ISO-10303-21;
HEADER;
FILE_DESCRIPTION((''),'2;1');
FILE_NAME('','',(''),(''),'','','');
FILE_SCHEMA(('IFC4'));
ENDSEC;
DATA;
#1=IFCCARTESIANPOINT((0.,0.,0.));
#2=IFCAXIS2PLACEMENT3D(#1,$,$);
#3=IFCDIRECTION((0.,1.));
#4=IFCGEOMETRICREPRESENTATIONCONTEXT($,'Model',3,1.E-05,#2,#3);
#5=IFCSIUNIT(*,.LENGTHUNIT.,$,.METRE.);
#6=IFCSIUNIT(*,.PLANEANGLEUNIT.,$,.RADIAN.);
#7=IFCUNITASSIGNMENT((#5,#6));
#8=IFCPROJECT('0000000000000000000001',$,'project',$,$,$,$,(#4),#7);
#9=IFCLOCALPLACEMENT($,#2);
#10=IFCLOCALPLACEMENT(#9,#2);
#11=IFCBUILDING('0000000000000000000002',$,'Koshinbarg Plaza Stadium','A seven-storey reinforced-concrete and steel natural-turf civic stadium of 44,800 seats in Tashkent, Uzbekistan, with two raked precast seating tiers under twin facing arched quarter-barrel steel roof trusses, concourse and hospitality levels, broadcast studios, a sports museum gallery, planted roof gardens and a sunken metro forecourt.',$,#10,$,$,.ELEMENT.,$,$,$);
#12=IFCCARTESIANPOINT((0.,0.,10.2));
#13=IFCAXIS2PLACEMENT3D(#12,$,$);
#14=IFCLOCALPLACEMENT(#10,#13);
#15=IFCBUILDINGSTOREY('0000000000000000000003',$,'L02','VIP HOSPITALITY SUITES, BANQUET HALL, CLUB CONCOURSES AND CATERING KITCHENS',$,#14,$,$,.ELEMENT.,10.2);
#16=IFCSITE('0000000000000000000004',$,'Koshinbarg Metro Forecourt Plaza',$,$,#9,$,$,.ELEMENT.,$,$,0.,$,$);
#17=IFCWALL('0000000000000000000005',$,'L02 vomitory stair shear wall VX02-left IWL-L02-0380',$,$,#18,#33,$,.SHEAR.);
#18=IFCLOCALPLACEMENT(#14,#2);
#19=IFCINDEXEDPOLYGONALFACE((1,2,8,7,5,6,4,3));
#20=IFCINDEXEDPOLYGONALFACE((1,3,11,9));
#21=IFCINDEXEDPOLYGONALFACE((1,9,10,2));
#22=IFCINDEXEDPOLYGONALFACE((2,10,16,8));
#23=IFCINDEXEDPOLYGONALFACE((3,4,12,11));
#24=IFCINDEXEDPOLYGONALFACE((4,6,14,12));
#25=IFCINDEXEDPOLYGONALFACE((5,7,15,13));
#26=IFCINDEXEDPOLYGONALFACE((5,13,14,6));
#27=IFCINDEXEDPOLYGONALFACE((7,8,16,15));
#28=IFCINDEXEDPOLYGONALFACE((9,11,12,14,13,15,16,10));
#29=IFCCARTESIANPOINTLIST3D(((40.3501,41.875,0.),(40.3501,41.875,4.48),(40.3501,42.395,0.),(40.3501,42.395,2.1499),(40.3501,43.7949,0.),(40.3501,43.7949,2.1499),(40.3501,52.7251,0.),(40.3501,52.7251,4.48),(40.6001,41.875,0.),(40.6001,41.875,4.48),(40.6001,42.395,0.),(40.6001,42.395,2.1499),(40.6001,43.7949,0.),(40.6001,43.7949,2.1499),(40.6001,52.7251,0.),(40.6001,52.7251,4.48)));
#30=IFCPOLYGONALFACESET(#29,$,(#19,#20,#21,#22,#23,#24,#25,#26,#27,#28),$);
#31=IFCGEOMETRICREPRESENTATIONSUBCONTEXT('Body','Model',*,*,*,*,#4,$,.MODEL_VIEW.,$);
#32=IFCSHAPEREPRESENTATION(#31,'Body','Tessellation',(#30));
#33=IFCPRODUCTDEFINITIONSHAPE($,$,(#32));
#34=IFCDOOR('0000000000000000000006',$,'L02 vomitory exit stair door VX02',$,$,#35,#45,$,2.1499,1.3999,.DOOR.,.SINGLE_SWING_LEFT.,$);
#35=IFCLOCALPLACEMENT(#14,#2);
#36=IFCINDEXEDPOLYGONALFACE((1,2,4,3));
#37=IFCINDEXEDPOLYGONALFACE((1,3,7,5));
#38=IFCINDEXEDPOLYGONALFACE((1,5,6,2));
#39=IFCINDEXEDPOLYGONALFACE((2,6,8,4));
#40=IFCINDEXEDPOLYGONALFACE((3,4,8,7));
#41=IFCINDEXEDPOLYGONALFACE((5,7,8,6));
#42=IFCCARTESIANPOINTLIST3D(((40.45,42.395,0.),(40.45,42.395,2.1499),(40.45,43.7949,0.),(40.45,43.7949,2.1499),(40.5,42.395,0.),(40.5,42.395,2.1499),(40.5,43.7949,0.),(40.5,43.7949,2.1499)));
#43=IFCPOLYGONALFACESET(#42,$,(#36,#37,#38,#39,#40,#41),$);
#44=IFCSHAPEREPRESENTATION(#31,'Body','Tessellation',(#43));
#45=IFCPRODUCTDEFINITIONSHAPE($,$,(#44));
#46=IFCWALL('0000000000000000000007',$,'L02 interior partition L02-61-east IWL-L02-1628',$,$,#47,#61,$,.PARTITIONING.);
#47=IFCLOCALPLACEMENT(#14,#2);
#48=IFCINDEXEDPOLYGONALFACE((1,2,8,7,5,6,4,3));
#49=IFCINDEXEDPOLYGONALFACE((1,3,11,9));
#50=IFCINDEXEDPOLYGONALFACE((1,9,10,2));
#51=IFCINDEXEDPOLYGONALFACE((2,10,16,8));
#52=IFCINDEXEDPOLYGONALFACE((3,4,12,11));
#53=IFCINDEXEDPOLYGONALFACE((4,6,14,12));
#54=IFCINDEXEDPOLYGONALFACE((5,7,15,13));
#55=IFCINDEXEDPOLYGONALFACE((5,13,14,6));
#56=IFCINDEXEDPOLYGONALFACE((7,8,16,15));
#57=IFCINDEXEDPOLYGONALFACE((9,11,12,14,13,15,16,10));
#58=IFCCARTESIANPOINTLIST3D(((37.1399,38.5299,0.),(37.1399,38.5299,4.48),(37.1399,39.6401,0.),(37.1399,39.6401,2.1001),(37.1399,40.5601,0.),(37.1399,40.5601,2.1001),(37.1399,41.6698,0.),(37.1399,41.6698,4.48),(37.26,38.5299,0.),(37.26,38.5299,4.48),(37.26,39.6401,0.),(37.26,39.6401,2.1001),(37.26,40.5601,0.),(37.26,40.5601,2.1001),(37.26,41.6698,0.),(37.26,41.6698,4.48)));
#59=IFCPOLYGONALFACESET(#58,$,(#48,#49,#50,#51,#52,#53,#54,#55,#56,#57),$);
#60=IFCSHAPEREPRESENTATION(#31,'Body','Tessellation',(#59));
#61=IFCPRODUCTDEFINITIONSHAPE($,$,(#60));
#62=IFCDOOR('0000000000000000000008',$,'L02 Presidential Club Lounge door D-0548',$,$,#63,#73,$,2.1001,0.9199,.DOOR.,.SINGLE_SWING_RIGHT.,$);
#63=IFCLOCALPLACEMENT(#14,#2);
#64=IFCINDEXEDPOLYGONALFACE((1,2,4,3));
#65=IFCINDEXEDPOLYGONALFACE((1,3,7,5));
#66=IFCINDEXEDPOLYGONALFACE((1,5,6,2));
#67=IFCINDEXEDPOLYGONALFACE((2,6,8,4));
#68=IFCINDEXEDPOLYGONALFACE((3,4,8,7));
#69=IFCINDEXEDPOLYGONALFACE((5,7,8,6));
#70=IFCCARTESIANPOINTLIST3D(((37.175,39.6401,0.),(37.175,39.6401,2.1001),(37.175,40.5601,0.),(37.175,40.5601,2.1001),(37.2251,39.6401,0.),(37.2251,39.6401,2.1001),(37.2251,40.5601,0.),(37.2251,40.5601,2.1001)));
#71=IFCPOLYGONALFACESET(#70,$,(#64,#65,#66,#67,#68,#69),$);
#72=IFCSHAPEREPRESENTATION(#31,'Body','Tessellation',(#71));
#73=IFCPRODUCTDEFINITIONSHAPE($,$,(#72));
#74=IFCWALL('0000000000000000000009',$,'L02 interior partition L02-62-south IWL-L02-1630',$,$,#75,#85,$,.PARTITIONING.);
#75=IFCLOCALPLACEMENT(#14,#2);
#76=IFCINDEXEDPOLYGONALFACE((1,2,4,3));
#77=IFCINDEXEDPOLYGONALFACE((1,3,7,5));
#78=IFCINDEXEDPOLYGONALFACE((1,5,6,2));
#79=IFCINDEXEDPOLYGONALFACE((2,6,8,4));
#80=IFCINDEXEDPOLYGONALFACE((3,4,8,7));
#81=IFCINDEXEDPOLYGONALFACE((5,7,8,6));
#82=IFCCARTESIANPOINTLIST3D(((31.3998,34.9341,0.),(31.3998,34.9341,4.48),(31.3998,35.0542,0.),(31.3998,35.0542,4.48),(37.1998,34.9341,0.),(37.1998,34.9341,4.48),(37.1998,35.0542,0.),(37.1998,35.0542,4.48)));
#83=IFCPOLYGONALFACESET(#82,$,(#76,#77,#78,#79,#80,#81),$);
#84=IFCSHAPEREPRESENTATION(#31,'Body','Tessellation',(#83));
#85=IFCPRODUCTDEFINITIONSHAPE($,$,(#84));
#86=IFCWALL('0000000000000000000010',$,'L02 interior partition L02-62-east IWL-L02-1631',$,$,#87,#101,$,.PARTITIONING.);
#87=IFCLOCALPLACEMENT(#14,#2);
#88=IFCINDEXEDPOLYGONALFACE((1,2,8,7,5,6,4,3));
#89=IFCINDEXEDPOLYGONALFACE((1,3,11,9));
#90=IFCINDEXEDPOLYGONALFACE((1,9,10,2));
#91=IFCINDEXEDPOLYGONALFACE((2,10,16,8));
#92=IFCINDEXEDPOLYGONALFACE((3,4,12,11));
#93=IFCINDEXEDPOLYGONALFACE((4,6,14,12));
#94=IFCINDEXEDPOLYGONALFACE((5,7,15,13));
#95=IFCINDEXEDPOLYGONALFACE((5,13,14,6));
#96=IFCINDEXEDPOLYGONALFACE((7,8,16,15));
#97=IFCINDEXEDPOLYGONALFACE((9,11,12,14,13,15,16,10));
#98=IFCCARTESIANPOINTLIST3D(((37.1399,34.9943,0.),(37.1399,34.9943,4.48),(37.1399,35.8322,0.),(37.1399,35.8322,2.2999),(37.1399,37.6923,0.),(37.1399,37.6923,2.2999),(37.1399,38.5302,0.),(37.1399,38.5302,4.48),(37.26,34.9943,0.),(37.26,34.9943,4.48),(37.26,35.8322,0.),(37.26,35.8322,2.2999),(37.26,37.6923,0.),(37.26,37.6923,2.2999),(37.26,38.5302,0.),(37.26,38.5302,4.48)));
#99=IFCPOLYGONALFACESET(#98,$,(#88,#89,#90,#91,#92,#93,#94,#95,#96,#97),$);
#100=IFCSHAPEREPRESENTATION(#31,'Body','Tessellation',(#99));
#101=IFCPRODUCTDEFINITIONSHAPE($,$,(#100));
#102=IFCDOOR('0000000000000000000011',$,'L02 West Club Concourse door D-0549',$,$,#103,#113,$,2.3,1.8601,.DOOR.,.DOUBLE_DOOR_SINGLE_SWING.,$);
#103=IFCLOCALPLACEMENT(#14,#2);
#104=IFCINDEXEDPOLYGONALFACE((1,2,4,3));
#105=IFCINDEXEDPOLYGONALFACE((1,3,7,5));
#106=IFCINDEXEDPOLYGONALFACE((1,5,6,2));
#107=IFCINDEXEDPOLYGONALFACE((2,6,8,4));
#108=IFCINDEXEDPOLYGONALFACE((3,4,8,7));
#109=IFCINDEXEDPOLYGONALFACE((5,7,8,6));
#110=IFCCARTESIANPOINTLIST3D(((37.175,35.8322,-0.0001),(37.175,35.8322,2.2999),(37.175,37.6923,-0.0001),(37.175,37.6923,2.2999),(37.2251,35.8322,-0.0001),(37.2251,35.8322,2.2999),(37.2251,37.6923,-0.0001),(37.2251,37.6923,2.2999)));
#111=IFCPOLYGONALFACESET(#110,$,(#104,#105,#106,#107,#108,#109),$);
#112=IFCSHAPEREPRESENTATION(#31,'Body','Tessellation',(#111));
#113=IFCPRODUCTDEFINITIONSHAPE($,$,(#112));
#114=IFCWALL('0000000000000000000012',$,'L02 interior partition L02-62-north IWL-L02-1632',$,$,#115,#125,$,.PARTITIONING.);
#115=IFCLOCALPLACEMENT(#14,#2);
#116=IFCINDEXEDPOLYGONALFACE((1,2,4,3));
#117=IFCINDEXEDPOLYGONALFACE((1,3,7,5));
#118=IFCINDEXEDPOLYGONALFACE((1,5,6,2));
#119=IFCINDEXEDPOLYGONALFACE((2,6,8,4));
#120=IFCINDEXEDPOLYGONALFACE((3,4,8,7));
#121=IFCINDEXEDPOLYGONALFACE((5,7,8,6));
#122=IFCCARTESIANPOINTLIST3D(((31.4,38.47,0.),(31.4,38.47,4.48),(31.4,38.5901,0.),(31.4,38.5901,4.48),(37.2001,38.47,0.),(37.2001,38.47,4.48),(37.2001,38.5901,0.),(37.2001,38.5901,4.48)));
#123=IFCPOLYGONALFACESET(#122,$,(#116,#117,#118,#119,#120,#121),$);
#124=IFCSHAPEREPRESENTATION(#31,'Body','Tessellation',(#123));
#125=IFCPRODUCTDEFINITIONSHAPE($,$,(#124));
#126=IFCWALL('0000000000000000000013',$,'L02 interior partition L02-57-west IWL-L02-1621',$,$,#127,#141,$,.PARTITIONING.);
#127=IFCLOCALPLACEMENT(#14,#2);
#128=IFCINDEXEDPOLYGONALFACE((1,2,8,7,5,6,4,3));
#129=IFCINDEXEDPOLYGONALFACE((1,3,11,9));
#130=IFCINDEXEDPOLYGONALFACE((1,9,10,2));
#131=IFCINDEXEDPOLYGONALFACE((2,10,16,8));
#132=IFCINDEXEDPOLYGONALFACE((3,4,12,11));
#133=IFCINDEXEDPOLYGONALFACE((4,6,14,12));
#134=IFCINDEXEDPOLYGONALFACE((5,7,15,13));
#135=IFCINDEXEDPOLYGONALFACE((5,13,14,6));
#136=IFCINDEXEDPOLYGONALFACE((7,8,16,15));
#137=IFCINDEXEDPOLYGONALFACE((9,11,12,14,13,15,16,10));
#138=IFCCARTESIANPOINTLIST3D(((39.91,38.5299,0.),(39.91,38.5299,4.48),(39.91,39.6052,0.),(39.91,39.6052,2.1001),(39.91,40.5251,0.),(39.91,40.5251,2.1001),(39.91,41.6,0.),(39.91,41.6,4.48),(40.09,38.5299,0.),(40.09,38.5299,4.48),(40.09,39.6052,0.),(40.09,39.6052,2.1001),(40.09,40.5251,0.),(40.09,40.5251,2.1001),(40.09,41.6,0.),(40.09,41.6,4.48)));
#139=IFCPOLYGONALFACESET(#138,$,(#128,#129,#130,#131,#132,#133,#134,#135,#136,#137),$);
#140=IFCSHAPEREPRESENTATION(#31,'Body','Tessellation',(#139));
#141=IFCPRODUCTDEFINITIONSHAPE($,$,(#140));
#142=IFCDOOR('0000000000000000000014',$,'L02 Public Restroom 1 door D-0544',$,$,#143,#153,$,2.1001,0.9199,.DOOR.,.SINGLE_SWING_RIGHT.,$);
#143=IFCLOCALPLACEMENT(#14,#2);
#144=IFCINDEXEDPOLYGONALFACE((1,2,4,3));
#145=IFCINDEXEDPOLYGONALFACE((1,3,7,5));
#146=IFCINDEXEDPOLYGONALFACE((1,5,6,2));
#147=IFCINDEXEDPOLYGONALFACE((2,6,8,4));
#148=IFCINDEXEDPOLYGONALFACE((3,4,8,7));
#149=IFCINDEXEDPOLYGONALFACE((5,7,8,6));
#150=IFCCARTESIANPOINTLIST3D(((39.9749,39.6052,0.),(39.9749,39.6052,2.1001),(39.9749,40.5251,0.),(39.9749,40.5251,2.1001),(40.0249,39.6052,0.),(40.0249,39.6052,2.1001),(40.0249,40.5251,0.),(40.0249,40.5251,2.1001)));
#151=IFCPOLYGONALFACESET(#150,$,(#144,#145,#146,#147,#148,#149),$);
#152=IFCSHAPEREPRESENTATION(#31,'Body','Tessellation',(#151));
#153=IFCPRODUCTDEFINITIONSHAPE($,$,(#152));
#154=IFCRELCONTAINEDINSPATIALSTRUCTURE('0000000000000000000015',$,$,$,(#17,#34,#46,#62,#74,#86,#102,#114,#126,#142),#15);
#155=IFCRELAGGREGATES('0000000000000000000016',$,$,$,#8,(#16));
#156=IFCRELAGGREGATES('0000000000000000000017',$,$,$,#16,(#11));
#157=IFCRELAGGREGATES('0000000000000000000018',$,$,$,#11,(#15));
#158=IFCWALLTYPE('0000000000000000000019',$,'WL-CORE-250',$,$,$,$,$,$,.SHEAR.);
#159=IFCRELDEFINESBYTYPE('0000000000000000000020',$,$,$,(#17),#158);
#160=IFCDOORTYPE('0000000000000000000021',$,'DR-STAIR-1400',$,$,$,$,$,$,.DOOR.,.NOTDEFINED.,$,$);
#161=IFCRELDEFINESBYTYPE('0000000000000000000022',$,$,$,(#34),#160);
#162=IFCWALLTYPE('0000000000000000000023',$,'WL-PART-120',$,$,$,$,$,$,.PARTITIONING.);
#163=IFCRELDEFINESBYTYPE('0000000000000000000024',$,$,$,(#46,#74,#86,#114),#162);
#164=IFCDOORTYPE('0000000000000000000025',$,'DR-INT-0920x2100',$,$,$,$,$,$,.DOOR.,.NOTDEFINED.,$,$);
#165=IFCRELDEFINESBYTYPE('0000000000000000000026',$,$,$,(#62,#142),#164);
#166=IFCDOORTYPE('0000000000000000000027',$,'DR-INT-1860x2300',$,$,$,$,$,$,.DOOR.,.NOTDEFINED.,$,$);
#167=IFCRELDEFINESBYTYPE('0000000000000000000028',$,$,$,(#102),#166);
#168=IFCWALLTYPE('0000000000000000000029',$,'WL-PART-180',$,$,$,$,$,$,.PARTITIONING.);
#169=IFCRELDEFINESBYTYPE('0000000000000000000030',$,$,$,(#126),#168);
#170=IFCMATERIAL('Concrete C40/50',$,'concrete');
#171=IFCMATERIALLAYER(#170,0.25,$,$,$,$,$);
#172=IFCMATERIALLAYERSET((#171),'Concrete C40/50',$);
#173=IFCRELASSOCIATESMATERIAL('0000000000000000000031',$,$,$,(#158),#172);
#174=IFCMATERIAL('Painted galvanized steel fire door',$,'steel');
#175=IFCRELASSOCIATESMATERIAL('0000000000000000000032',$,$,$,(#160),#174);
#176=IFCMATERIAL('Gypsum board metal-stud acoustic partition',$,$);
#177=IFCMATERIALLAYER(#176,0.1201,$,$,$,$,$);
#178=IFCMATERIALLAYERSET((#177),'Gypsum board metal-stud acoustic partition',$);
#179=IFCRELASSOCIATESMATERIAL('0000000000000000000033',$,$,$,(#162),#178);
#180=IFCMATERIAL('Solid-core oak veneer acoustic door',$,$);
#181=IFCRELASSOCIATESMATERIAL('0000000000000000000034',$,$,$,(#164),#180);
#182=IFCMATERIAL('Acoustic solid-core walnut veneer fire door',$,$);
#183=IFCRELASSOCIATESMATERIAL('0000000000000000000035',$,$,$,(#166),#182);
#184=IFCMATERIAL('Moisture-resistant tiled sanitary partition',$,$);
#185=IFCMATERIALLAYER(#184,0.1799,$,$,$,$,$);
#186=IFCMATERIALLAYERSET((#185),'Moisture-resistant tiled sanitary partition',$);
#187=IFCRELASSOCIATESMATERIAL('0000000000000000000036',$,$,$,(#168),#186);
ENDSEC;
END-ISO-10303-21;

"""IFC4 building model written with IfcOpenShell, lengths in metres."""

from ifc_helpers import new_model, si_unit, direction, frame, frame_2d, origin, place, context, subcontext, project, spatial, rectangle, extrude, material, layer, layer_set, type_object, element, fill, save


model = new_model("IFC4")

# Units and contexts
model_context = context("Model", 3, precision=1e-05, world=origin(), true_north=direction((0.0, 1.0)))
body_context = subcontext(model_context, "Body", "Model", "MODEL_VIEW")
ifc_project = project(units=[si_unit("LENGTHUNIT", "METRE"), si_unit("PLANEANGLEUNIT", "RADIAN")], contexts=[model_context])

# Site, building, storey
site_placement = place(None, origin())
site = spatial("IfcSite", under=ifc_project, at=site_placement, Name="Koshinbarg Metro Forecourt Plaza", CompositionType="ELEMENT", RefElevation=0.0)
building_placement = place(site_placement, origin())
building = spatial("IfcBuilding", under=site, at=building_placement, Name="Koshinbarg Plaza Stadium", Description="A seven-storey reinforced-concrete and steel natural-turf civic stadium of 44,800 seats in Tashkent, Uzbekistan, with two raked precast seating tiers under twin facing arched quarter-barrel steel roof trusses, concourse and hospitality levels, broadcast studios, a sports museum gallery, planted roof gardens and a sunken metro forecourt.", CompositionType="ELEMENT")
storey_placement = place(building_placement, frame((0.0, 0.0, 10.2)))
storey = spatial("IfcBuildingStorey", under=building, at=storey_placement, Name="L02", Description="VIP HOSPITALITY SUITES, BANQUET HALL, CLUB CONCOURSES AND CATERING KITCHENS", CompositionType="ELEMENT", Elevation=10.2)

# Shared definitions
ifc_material_1 = material(Name="Concrete C40/50", Category="concrete")

# Shared definitions
ifc_layer_1 = layer(ifc_material_1, 0.25)
ifc_layer_set_1 = layer_set([ifc_layer_1], Name="Concrete C40/50")
wall_type_1 = type_object("IfcWallType", Name="WL-CORE-250", PredefinedType="SHEAR", material=ifc_layer_set_1)

# Shared definitions
ifc_material_2 = material(Name="Painted galvanized steel fire door", Category="steel")
door_type_1 = type_object("IfcDoorType", Name="DR-STAIR-1400", OperationType="NOTDEFINED", PredefinedType="DOOR", material=ifc_material_2)

# Walls, openings, doors
wall_1_placement = place(storey_placement, frame((40.4751, 41.875, 0.0), z_axis=(0.0, 0.0, 1.0), x_axis=(0.0, 1.0, 0.0)))
wall_1 = element("IfcWall", 1, at=wall_1_placement, inside=storey, type_object=wall_type_1, Name="L02 vomitory stair shear wall VX02-left IWL-L02-0380", PredefinedType="SHEAR", context=body_context, shape_type="SweptSolid", body=[
    extrude(rectangle(XDim=10.8501, YDim=0.25, at=frame_2d((5.425, 0.0))), origin(), (0.0, 0.0, 1.0), 4.48),
])
opening_1_placement = place(wall_1_placement, frame((0.52, 0.0, 0.0)))
opening_1 = element("IfcOpeningElement", 2, at=opening_1_placement, cuts=wall_1, PredefinedType="OPENING", context=body_context, shape_type="SweptSolid", body=[
    extrude(rectangle(XDim=1.3999, YDim=2.1499, at=frame_2d((0.7, 1.075))), frame((0.0, 0.135, 0.0), z_axis=(0.0, -1.0, 0.0), x_axis=(1.0, 0.0, 0.0)), (0.0, 0.0, 1.0), 0.27),
])
door_1_placement = place(opening_1_placement, frame((1.3999, 0.0, 0.0), z_axis=(0.0, 0.0, 1.0), x_axis=(-1.0, 0.0, 0.0)))
door_1 = element("IfcDoor", 3, at=door_1_placement, inside=storey, type_object=door_type_1, Name="L02 vomitory exit stair door VX02", OperationType="SINGLE_SWING_LEFT", OverallHeight=2.1499, OverallWidth=1.3999, PredefinedType="DOOR", context=body_context, shape_type="SweptSolid", body=[
    extrude(rectangle(XDim=1.3999, YDim=2.1499, at=frame_2d((0.7, 1.075))), frame((0.0, 0.0249, 0.0), z_axis=(0.0, -1.0, 0.0), x_axis=(1.0, 0.0, 0.0)), (0.0, 0.0, 1.0), 0.05),
])
fill(opening_1, door_1)
ifc_material_3 = material(Name="Gypsum board metal-stud acoustic partition")
ifc_layer_2 = layer(ifc_material_3, 0.1201)
ifc_layer_set_2 = layer_set([ifc_layer_2], Name="Gypsum board metal-stud acoustic partition")
wall_type_2 = type_object("IfcWallType", Name="WL-PART-120", PredefinedType="PARTITIONING", material=ifc_layer_set_2)
wall_2_placement = place(storey_placement, frame((37.2, 38.53, 0.0), z_axis=(0.0, 0.0, 1.0), x_axis=(0.0, 1.0, 0.0)))
wall_2 = element("IfcWall", 4, at=wall_2_placement, inside=storey, type_object=wall_type_2, Name="L02 interior partition L02-61-east IWL-L02-1628", PredefinedType="PARTITIONING", context=body_context, shape_type="SweptSolid", body=[
    extrude(rectangle(XDim=3.1399, YDim=0.1201, at=frame_2d((1.5698, 0.0))), origin(), (0.0, 0.0, 1.0), 4.48),
])
opening_2_placement = place(wall_2_placement, frame((1.1101, 0.0, 0.0)))
opening_2 = element("IfcOpeningElement", 5, at=opening_2_placement, cuts=wall_2, PredefinedType="OPENING", context=body_context, shape_type="SweptSolid", body=[
    extrude(rectangle(XDim=0.9199, YDim=2.1001, at=frame_2d((0.46, 1.05))), frame((0.0, 0.0701, 0.0), z_axis=(0.0, -1.0, 0.0), x_axis=(1.0, 0.0, 0.0)), (0.0, 0.0, 1.0), 0.1401),
])
ifc_material_4 = material(Name="Solid-core oak veneer acoustic door")
door_type_2 = type_object("IfcDoorType", Name="DR-INT-0920x2100", OperationType="NOTDEFINED", PredefinedType="DOOR", material=ifc_material_4)
door_2_placement = place(opening_2_placement, origin())
door_2 = element("IfcDoor", 6, at=door_2_placement, inside=storey, type_object=door_type_2, Name="L02 Presidential Club Lounge door D-0548", OperationType="SINGLE_SWING_RIGHT", OverallHeight=2.1001, OverallWidth=0.9199, PredefinedType="DOOR", context=body_context, shape_type="SweptSolid", body=[
    extrude(rectangle(XDim=0.9199, YDim=2.1001, at=frame_2d((0.46, 1.05))), frame((0.0, 0.0249, 0.0), z_axis=(0.0, -1.0, 0.0), x_axis=(1.0, 0.0, 0.0)), (0.0, 0.0, 1.0), 0.05),
])
fill(opening_2, door_2)

# Wall
wall_3_placement = place(storey_placement, frame((31.3999, 34.9941, 0.0), z_axis=(0.0, 0.0, 1.0), x_axis=(1.0, 0.0, 0.0)))
element("IfcWall", 7, at=wall_3_placement, inside=storey, type_object=wall_type_2, Name="L02 interior partition L02-62-south IWL-L02-1630", PredefinedType="PARTITIONING", context=body_context, shape_type="SweptSolid", body=[
    extrude(rectangle(XDim=5.8, YDim=0.1201, at=frame_2d((2.8999, 0.0))), origin(), (0.0, 0.0, 1.0), 4.48),
])

# Wall, opening, door
wall_4_placement = place(storey_placement, frame((37.2, 34.9941, 0.0), z_axis=(0.0, 0.0, 1.0), x_axis=(0.0, 1.0, 0.0)))
wall_4 = element("IfcWall", 8, at=wall_4_placement, inside=storey, type_object=wall_type_2, Name="L02 interior partition L02-62-east IWL-L02-1631", PredefinedType="PARTITIONING", context=body_context, shape_type="SweptSolid", body=[
    extrude(rectangle(XDim=3.5359, YDim=0.1201, at=frame_2d((1.7681, 0.0))), origin(), (0.0, 0.0, 1.0), 4.48),
])
opening_3_placement = place(wall_4_placement, frame((0.8379, 0.0, 0.0)))
opening_3 = element("IfcOpeningElement", 9, at=opening_3_placement, cuts=wall_4, PredefinedType="OPENING", context=body_context, shape_type="SweptSolid", body=[
    extrude(rectangle(XDim=1.8601, YDim=2.3, at=frame_2d((0.9302, 1.1499))), frame((0.0, 0.0701, 0.0), z_axis=(0.0, -1.0, 0.0), x_axis=(1.0, 0.0, 0.0)), (0.0, 0.0, 1.0), 0.1401),
])
ifc_material_5 = material(Name="Acoustic solid-core walnut veneer fire door")
door_type_3 = type_object("IfcDoorType", Name="DR-INT-1860x2300", OperationType="NOTDEFINED", PredefinedType="DOOR", material=ifc_material_5)
door_3_placement = place(opening_3_placement, origin())
door_3 = element("IfcDoor", 10, at=door_3_placement, inside=storey, type_object=door_type_3, Name="L02 West Club Concourse door D-0549", OperationType="DOUBLE_DOOR_SINGLE_SWING", OverallHeight=2.3, OverallWidth=1.8601, PredefinedType="DOOR", context=body_context, shape_type="SweptSolid", body=[
    extrude(rectangle(XDim=1.8601, YDim=2.3, at=frame_2d((0.9302, 1.1499))), frame((0.0, 0.0249, 0.0), z_axis=(0.0, -1.0, 0.0), x_axis=(1.0, 0.0, 0.0)), (0.0, 0.0, 1.0), 0.05),
])
fill(opening_3, door_3)

# Wall
wall_5_placement = place(storey_placement, frame((37.2, 38.53, 0.0), z_axis=(0.0, 0.0, 1.0), x_axis=(-1.0, 0.0, 0.0)))
element("IfcWall", 11, at=wall_5_placement, inside=storey, type_object=wall_type_2, Name="L02 interior partition L02-62-north IWL-L02-1632", PredefinedType="PARTITIONING", context=body_context, shape_type="SweptSolid", body=[
    extrude(rectangle(XDim=5.8, YDim=0.1201, at=frame_2d((2.8999, 0.0))), origin(), (0.0, 0.0, 1.0), 4.48),
])

# Wall, opening, door
ifc_material_6 = material(Name="Moisture-resistant tiled sanitary partition")
ifc_layer_3 = layer(ifc_material_6, 0.1799)
ifc_layer_set_3 = layer_set([ifc_layer_3], Name="Moisture-resistant tiled sanitary partition")
wall_type_3 = type_object("IfcWallType", Name="WL-PART-180", PredefinedType="PARTITIONING", material=ifc_layer_set_3)
wall_6_placement = place(storey_placement, frame((40.0, 41.6001, 0.0), z_axis=(0.0, 0.0, 1.0), x_axis=(0.0, -1.0, 0.0)))
wall_6 = element("IfcWall", 12, at=wall_6_placement, inside=storey, type_object=wall_type_3, Name="L02 interior partition L02-57-west IWL-L02-1621", PredefinedType="PARTITIONING", context=body_context, shape_type="SweptSolid", body=[
    extrude(rectangle(XDim=3.0701, YDim=0.1799, at=frame_2d((1.5352, 0.0))), origin(), (0.0, 0.0, 1.0), 4.48),
])
opening_4_placement = place(wall_6_placement, frame((1.075, 0.0, 0.0)))
opening_4 = element("IfcOpeningElement", 13, at=opening_4_placement, cuts=wall_6, PredefinedType="OPENING", context=body_context, shape_type="SweptSolid", body=[
    extrude(rectangle(XDim=0.9199, YDim=2.1001, at=frame_2d((0.46, 1.05))), frame((0.0, 0.0999, 0.0), z_axis=(0.0, -1.0, 0.0), x_axis=(1.0, 0.0, 0.0)), (0.0, 0.0, 1.0), 0.2),
])
door_4_placement = place(opening_4_placement, origin())
door_4 = element("IfcDoor", 14, at=door_4_placement, inside=storey, type_object=door_type_2, Name="L02 Public Restroom 1 door D-0544", OperationType="SINGLE_SWING_RIGHT", OverallHeight=2.1001, OverallWidth=0.9199, PredefinedType="DOOR", context=body_context, shape_type="SweptSolid", body=[
    extrude(rectangle(XDim=0.9199, YDim=2.1001, at=frame_2d((0.46, 1.05))), frame((0.0, 0.0249, 0.0), z_axis=(0.0, -1.0, 0.0), x_axis=(1.0, 0.0, 0.0)), (0.0, 0.0, 1.0), 0.05),
])
fill(opening_4, door_4)

save(model, "model.ifc")
